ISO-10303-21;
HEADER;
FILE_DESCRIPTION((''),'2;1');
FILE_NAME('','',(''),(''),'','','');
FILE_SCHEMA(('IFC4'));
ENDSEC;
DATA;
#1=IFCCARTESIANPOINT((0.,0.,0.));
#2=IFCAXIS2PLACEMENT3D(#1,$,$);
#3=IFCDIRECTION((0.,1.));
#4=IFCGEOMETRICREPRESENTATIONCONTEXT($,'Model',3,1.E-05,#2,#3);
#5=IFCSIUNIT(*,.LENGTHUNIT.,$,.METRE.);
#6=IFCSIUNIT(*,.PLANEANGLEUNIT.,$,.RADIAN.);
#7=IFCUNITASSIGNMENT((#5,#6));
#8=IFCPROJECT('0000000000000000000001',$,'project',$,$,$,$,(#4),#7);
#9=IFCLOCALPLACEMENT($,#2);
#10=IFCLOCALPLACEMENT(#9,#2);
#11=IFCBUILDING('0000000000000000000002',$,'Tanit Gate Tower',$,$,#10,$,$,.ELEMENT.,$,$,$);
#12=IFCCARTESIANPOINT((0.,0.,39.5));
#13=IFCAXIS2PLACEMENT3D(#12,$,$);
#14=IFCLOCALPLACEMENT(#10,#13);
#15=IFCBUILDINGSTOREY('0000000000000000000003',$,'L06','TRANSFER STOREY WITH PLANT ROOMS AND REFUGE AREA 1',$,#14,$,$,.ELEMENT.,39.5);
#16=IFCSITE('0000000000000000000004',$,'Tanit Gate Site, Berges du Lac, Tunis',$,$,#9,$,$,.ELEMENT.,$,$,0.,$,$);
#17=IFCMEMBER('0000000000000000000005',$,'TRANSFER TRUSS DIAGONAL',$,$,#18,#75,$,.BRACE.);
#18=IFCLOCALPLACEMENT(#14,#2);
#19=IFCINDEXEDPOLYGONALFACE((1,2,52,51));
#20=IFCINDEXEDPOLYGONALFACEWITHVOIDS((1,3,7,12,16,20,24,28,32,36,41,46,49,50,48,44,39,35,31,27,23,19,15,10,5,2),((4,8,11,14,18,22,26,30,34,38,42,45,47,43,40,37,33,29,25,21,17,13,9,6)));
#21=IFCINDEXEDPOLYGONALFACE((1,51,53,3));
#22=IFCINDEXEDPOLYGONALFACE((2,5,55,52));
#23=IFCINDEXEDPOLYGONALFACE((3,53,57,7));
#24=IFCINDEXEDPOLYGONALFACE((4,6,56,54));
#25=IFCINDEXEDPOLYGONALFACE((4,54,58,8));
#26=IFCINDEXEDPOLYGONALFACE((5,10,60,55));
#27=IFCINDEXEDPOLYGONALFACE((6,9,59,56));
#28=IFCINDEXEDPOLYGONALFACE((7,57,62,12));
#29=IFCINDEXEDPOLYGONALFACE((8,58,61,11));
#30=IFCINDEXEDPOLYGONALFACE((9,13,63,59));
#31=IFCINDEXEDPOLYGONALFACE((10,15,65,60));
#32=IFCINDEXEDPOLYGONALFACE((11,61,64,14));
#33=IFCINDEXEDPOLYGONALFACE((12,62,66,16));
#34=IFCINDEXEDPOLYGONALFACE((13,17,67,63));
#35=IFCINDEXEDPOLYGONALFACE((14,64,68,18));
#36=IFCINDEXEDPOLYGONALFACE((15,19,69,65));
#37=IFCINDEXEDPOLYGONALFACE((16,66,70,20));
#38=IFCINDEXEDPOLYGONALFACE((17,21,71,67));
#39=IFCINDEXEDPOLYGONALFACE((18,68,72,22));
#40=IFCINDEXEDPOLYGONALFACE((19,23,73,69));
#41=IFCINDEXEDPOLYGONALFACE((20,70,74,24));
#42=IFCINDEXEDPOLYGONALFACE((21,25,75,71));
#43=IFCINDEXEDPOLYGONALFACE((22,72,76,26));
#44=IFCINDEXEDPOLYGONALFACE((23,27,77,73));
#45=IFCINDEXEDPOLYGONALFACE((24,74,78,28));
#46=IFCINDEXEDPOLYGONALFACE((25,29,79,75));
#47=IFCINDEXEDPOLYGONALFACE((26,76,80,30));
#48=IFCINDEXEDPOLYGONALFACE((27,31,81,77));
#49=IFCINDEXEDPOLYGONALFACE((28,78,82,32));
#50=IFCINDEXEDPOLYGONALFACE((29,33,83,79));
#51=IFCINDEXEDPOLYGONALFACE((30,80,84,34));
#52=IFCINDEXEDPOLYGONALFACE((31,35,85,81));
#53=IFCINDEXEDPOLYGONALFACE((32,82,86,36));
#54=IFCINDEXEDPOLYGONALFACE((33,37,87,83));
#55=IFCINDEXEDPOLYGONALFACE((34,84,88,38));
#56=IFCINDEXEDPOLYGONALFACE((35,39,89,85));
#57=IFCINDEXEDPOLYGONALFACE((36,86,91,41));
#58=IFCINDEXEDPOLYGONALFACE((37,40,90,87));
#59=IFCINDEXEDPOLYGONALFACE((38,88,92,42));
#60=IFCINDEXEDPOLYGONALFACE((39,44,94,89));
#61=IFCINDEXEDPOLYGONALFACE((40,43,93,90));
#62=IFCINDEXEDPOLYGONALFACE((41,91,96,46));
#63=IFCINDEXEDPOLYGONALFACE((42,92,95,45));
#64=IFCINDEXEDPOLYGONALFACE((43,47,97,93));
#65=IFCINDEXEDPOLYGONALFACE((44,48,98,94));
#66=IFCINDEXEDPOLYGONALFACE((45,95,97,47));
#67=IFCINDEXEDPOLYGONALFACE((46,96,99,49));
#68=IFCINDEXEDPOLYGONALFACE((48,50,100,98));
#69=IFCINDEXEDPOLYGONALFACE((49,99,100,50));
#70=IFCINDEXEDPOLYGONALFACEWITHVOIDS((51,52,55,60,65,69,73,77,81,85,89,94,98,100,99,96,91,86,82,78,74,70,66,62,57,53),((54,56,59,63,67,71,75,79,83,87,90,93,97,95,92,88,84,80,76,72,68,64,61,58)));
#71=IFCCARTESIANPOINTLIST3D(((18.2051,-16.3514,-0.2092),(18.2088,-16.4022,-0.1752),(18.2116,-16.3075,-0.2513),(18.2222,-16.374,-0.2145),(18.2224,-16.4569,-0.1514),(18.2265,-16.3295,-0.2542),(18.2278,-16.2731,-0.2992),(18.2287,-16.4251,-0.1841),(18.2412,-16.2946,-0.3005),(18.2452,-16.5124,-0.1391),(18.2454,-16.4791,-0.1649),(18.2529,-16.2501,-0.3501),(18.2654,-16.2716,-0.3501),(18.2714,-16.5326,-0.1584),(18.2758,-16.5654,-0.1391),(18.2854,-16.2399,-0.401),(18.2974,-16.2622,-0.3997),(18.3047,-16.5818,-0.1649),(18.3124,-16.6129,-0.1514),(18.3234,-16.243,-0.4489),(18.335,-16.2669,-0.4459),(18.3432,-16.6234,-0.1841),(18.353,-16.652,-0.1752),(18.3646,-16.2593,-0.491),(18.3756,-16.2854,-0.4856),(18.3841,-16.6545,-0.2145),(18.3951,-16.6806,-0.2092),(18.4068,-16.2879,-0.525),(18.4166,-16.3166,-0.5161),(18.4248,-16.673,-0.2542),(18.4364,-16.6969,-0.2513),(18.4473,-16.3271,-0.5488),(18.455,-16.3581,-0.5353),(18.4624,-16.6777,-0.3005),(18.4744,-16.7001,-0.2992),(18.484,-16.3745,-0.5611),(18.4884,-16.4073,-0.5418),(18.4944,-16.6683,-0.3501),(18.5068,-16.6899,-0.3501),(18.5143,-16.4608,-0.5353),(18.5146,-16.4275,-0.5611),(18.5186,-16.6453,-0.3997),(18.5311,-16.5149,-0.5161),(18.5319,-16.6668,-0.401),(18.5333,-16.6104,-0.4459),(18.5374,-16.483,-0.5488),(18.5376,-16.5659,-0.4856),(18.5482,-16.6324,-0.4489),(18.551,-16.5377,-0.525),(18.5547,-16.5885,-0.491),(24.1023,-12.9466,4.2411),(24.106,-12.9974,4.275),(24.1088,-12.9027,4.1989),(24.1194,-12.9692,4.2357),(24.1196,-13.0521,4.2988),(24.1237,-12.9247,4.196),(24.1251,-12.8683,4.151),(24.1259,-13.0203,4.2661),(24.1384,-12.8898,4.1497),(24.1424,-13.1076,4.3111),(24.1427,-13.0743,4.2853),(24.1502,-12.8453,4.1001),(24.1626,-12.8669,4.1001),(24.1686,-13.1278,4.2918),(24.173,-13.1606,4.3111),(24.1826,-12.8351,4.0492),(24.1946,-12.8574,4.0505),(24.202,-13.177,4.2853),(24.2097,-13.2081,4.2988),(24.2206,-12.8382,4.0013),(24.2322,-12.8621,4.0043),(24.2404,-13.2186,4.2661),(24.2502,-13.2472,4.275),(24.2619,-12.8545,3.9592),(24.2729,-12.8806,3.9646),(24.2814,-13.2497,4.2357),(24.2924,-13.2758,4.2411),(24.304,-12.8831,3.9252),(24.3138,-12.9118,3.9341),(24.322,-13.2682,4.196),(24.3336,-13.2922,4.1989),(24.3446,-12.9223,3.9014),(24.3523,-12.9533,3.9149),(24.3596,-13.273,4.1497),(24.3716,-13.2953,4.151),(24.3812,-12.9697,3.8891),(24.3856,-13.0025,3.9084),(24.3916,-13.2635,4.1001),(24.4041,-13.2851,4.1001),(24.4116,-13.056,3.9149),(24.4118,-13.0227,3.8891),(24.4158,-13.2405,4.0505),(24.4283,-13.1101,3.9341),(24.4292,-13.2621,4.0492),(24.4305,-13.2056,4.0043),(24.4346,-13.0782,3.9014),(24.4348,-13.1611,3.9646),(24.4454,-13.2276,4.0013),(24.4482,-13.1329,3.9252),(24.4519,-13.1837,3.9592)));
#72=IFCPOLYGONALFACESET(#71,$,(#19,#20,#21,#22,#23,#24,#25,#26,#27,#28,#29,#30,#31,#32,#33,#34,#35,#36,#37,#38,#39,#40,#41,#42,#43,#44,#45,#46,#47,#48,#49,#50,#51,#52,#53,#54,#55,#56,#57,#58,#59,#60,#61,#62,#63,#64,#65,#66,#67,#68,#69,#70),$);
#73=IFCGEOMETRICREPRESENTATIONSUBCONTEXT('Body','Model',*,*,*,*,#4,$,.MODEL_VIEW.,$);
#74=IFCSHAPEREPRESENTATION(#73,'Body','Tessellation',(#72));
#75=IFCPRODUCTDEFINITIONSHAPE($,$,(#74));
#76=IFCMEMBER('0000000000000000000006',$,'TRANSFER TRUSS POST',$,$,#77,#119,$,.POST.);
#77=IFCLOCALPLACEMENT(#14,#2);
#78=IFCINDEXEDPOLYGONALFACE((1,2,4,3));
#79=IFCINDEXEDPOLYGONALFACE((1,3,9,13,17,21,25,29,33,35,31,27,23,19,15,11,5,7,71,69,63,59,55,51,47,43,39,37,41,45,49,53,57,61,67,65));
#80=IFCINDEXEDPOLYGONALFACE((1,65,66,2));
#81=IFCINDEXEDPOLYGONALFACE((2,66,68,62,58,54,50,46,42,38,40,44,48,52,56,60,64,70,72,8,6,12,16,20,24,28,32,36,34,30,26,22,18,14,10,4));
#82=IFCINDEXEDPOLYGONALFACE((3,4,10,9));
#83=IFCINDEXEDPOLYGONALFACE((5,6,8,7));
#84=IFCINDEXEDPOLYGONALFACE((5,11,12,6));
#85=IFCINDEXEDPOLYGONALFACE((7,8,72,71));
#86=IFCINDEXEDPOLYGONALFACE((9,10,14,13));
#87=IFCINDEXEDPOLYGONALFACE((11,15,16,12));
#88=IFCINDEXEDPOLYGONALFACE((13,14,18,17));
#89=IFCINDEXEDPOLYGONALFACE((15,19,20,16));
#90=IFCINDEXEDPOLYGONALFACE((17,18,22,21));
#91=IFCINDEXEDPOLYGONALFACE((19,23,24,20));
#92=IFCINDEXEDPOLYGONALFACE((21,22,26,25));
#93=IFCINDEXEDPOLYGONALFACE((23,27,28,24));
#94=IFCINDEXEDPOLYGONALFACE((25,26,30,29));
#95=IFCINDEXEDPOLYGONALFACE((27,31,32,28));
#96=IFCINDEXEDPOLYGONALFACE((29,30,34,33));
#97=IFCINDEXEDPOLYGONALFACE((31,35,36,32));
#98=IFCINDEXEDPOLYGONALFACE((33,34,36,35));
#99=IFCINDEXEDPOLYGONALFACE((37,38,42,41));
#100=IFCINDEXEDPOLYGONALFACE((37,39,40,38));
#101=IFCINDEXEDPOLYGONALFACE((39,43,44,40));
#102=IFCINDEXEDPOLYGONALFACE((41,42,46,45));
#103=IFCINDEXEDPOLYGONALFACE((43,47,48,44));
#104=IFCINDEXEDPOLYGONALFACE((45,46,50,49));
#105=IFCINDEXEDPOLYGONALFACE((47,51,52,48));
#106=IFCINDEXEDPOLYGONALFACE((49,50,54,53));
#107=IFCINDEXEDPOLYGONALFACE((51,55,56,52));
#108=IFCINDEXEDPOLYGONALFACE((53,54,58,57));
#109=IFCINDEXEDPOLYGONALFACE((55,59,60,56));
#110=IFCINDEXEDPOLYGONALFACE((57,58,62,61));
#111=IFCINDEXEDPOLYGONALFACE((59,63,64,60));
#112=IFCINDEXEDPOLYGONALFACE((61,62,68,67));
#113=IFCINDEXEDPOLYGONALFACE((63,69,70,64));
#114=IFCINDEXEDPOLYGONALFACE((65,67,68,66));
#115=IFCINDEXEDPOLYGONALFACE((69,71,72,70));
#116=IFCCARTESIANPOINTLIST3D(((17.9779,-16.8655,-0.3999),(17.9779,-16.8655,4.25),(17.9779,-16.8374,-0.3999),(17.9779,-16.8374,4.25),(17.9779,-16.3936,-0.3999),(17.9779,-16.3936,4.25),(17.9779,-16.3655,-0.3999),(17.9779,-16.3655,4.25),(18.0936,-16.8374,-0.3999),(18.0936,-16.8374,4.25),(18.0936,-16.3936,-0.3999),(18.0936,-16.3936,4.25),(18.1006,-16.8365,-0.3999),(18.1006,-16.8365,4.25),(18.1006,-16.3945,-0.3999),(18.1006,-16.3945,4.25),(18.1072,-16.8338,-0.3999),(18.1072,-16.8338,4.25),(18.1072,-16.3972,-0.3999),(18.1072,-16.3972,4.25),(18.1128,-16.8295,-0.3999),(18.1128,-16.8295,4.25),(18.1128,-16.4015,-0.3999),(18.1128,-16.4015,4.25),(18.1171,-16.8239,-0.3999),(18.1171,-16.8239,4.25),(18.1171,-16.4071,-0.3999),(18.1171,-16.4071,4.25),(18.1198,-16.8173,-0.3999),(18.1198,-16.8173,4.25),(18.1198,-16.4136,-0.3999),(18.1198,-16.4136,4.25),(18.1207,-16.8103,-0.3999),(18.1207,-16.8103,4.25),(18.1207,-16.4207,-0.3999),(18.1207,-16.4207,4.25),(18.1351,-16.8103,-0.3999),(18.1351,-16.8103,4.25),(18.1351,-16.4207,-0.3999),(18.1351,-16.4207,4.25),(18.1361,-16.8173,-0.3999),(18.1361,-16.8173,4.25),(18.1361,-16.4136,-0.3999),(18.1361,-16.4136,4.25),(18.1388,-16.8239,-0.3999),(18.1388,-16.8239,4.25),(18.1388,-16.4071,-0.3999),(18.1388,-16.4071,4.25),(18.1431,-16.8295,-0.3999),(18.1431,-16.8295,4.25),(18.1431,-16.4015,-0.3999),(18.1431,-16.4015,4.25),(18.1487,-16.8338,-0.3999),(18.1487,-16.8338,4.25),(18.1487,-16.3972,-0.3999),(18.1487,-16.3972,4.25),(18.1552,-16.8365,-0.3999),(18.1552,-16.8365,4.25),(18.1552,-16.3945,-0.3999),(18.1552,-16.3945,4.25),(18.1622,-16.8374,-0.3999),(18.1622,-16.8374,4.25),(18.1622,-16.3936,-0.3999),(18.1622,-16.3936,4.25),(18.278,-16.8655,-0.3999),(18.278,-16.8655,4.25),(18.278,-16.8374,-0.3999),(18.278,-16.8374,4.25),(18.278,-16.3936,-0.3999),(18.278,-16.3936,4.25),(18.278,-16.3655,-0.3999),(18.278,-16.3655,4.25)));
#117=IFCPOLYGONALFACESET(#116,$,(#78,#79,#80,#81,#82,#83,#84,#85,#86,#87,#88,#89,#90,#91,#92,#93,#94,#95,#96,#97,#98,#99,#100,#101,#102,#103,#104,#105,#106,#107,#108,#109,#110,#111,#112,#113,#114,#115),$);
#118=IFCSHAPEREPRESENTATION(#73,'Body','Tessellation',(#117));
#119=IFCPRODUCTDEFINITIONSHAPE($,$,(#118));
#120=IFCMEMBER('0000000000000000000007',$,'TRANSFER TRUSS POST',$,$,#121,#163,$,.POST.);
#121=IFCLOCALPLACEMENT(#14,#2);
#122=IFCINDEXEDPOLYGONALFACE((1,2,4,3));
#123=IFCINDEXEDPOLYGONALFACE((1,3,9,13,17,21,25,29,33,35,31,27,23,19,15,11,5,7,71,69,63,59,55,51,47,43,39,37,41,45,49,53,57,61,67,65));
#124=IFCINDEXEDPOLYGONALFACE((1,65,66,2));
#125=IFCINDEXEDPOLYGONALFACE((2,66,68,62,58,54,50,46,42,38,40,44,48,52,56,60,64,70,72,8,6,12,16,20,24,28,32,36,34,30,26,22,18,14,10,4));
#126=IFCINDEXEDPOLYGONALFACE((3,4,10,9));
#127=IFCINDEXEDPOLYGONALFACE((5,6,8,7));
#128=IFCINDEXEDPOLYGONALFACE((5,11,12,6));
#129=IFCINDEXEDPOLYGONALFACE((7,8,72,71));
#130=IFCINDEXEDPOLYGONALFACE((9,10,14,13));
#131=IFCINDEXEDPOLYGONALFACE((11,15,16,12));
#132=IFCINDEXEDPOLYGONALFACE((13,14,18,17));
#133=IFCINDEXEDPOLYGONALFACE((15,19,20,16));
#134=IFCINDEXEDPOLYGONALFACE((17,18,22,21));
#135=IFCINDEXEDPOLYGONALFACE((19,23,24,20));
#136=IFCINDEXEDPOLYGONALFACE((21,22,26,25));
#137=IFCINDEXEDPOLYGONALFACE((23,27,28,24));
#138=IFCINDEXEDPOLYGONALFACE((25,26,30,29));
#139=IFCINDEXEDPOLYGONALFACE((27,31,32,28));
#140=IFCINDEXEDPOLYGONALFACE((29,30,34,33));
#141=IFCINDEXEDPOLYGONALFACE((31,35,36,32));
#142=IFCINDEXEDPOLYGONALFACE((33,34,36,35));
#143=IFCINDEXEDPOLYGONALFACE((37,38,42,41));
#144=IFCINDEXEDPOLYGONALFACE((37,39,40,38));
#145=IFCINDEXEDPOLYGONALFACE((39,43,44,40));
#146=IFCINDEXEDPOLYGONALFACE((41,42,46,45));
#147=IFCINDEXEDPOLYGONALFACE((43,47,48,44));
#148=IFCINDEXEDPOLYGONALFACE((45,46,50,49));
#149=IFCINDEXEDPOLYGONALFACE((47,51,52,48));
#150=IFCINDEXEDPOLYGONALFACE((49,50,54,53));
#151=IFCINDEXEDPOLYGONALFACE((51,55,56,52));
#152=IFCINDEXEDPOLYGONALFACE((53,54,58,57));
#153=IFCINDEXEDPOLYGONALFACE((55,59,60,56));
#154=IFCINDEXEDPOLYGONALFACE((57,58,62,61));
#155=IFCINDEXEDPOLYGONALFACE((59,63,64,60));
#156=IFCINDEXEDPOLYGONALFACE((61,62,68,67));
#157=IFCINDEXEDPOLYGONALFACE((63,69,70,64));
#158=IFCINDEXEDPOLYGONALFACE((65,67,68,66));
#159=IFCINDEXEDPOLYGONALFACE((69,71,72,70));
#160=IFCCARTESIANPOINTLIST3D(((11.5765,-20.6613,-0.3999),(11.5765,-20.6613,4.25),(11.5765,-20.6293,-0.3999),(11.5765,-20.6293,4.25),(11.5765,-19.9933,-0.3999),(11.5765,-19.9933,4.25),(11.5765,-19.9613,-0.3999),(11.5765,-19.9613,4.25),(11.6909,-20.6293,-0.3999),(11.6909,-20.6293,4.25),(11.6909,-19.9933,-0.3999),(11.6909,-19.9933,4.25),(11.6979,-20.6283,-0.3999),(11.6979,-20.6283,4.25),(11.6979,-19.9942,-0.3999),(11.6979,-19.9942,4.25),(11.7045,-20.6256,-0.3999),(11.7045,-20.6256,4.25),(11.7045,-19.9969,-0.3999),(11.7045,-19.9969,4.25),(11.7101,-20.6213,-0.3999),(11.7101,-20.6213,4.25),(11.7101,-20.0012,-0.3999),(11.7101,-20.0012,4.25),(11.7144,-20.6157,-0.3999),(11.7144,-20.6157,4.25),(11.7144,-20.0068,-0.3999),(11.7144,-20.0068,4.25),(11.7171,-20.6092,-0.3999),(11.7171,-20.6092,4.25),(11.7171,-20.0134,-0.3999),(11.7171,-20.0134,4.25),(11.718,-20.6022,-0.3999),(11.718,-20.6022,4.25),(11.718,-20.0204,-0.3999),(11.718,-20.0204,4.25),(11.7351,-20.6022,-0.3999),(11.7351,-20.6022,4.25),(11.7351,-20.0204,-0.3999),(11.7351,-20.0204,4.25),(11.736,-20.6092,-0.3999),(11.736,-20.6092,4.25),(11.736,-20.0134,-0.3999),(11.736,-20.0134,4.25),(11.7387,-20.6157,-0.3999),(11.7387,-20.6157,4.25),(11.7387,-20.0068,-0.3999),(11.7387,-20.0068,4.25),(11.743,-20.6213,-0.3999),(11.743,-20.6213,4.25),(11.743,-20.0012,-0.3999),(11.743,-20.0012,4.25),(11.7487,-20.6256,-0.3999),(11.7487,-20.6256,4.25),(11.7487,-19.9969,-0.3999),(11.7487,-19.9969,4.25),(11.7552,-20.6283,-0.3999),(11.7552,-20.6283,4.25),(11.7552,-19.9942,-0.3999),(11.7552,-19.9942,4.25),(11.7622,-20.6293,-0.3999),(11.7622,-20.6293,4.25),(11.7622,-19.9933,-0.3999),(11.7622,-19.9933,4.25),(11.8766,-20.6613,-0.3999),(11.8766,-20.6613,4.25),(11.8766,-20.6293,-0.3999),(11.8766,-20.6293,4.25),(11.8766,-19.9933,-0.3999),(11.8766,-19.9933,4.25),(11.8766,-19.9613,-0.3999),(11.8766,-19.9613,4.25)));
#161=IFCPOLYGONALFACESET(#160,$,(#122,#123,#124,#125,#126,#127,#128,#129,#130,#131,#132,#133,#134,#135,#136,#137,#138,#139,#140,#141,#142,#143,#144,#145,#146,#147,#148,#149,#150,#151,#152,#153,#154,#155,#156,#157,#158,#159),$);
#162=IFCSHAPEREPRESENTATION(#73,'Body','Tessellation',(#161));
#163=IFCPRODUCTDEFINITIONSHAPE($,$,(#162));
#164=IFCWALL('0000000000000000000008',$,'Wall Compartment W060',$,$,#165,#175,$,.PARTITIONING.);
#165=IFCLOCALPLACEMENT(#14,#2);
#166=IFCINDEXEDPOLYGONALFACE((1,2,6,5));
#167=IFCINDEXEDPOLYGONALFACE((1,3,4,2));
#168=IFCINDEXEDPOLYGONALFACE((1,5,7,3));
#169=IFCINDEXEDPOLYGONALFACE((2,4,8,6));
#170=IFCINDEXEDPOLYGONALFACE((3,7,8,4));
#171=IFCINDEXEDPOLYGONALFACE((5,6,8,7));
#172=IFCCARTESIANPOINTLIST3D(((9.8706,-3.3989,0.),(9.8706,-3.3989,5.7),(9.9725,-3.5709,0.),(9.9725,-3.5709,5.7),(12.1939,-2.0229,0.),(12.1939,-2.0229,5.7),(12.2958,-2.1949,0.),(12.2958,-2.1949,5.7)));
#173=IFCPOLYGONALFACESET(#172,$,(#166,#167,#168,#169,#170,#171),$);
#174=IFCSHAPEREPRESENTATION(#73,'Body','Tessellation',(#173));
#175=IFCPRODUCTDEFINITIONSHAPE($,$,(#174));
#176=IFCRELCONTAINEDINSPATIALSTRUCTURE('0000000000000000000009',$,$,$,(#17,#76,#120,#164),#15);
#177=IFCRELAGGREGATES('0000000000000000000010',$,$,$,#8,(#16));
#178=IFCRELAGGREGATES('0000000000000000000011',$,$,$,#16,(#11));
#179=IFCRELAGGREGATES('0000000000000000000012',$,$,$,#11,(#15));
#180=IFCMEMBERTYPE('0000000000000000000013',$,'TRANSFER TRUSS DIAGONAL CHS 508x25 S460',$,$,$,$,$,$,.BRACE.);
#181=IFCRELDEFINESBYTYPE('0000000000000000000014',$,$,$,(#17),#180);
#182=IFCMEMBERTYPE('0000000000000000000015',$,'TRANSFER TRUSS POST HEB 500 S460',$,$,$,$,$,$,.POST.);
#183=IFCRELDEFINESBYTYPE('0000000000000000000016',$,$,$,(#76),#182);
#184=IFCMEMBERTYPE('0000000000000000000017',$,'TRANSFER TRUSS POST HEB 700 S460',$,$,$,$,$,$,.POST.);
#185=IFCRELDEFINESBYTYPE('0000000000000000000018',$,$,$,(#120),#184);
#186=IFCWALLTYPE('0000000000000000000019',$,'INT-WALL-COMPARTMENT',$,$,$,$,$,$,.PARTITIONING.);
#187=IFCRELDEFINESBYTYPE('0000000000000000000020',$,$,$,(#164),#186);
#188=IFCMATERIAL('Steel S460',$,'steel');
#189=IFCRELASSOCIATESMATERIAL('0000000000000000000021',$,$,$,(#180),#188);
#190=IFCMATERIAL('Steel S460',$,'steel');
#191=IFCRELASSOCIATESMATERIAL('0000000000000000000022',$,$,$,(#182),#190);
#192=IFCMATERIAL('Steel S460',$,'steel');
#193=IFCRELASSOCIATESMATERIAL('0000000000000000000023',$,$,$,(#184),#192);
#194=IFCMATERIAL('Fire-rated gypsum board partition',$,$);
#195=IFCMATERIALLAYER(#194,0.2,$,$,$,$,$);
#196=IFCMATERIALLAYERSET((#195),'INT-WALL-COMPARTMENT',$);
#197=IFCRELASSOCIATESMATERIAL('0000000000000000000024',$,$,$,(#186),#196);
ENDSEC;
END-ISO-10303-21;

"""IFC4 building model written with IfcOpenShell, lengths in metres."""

from ifc_helpers import new_model, si_unit, direction, frame, frame_2d, origin, origin_2d, place, context, subcontext, project, spatial, rectangle, hollow_circle, i_section, extrude, material, layer, layer_set, material_profile, profile_set, type_object, element, save


model = new_model("IFC4")

# Units and contexts
model_context = context("Model", 3, precision=1e-05, world=origin(), true_north=direction((0.0, 1.0)))
body_context = subcontext(model_context, "Body", "Model", "MODEL_VIEW")
ifc_project = project(units=[si_unit("LENGTHUNIT", "METRE"), si_unit("PLANEANGLEUNIT", "RADIAN")], contexts=[model_context])

# Site, building, storey
site_placement = place(None, origin())
site = spatial("IfcSite", under=ifc_project, at=site_placement, Name="Tanit Gate Site, Berges du Lac, Tunis", CompositionType="ELEMENT", RefElevation=0.0)
building_placement = place(site_placement, origin())
building = spatial("IfcBuilding", under=site, at=building_placement, Name="Tanit Gate Tower", CompositionType="ELEMENT")
storey_placement = place(building_placement, frame((0.0, 0.0, 39.5)))
storey = spatial("IfcBuildingStorey", under=building, at=storey_placement, Name="L06", Description="TRANSFER STOREY WITH PLANT ROOMS AND REFUGE AREA 1", CompositionType="ELEMENT", Elevation=39.5)

# Members
ifc_material_1 = material(Name="Steel S460", Category="steel")
ifc_material_profile_1 = material_profile(ifc_material_1, hollow_circle(Radius=0.2539, WallThickness=0.0249, at=origin_2d()), Name="CHS 508x25")
ifc_profile_set_1 = profile_set([ifc_material_profile_1], Name="Steel S460")
member_type_1 = type_object("IfcMemberType", Name="TRANSFER TRUSS DIAGONAL CHS 508x25 S460", PredefinedType="BRACE", material=ifc_profile_set_1)
for number, where, z_axis, x_axis, name in (
    (1, (18.3799, -16.47, -0.3501), (0.724942, 0.418549, 0.547061), (-0.500003, 0.866024, 0.0), "TRANSFER TRUSS DIAGONAL"),
):
    element("IfcMember", number, at=place(storey_placement, frame(where, z_axis=z_axis, x_axis=x_axis)), inside=storey, type_object=member_type_1, Name=name, PredefinedType="BRACE", context=body_context, shape_type="SweptSolid", body=[
        extrude(hollow_circle(Radius=0.2539, WallThickness=0.0249, at=origin_2d()), origin(), (0.0, 0.0, 1.0), 8.1348),
    ])
ifc_material_2 = material(Name="Steel S460", Category="steel")
ifc_material_profile_2 = material_profile(ifc_material_2, i_section(OverallWidth=0.3, OverallDepth=0.5, WebThickness=0.0144, FlangeThickness=0.0281, FilletRadius=0.0271, at=origin_2d()), Name="HEB 500")
ifc_profile_set_2 = profile_set([ifc_material_profile_2], Name="Steel S460")
member_type_2 = type_object("IfcMemberType", Name="TRANSFER TRUSS POST HEB 500 S460", PredefinedType="POST", material=ifc_profile_set_2)
member_1_placement = place(storey_placement, frame((18.1279, -16.6155, -0.3999), z_axis=(0.0, 0.0, 1.0), x_axis=(1.0, 0.0, 0.0)))
element("IfcMember", 2, at=member_1_placement, inside=storey, type_object=member_type_2, Name="TRANSFER TRUSS POST", PredefinedType="POST", context=body_context, shape_type="SweptSolid", body=[
    extrude(i_section(OverallWidth=0.3, OverallDepth=0.5, WebThickness=0.0144, FlangeThickness=0.0281, FilletRadius=0.0271, at=origin_2d()), origin(), (0.0, 0.0, 1.0), 4.6499),
])
ifc_material_3 = material(Name="Steel S460", Category="steel")
ifc_material_profile_3 = material_profile(ifc_material_3, i_section(OverallWidth=0.3, OverallDepth=0.7, WebThickness=0.0171, FlangeThickness=0.032, FilletRadius=0.0271, at=origin_2d()), Name="HEB 700")
ifc_profile_set_3 = profile_set([ifc_material_profile_3], Name="Steel S460")
member_type_3 = type_object("IfcMemberType", Name="TRANSFER TRUSS POST HEB 700 S460", PredefinedType="POST", material=ifc_profile_set_3)
member_2_placement = place(storey_placement, frame((11.7266, -20.3113, -0.3999), z_axis=(0.0, 0.0, 1.0), x_axis=(1.0, 0.0, 0.0)))
element("IfcMember", 3, at=member_2_placement, inside=storey, type_object=member_type_3, Name="TRANSFER TRUSS POST", PredefinedType="POST", context=body_context, shape_type="SweptSolid", body=[
    extrude(i_section(OverallWidth=0.3, OverallDepth=0.7, WebThickness=0.0171, FlangeThickness=0.032, FilletRadius=0.0271, at=origin_2d()), origin(), (0.0, 0.0, 1.0), 4.6499),
])

# Wall
ifc_material_4 = material(Name="Fire-rated gypsum board partition")
ifc_layer_1 = layer(ifc_material_4, 0.2)
ifc_layer_set_1 = layer_set([ifc_layer_1], Name="INT-WALL-COMPARTMENT")
wall_type_1 = type_object("IfcWallType", Name="INT-WALL-COMPARTMENT", PredefinedType="PARTITIONING", material=ifc_layer_set_1)
wall_1_placement = place(storey_placement, frame((12.2449, -2.1089, 0.0), z_axis=(0.0, 0.0, 1.0), x_axis=(-0.860415, -0.509594, 0.0)))
element("IfcWall", 4, at=wall_1_placement, inside=storey, type_object=wall_type_1, Name="Wall Compartment W060", PredefinedType="PARTITIONING", context=body_context, shape_type="SweptSolid", body=[
    extrude(rectangle(XDim=2.7002, YDim=0.2, at=frame_2d((1.3501, 0.0))), origin(), (0.0, 0.0, 1.0), 5.7),
])

save(model, "model.ifc")
